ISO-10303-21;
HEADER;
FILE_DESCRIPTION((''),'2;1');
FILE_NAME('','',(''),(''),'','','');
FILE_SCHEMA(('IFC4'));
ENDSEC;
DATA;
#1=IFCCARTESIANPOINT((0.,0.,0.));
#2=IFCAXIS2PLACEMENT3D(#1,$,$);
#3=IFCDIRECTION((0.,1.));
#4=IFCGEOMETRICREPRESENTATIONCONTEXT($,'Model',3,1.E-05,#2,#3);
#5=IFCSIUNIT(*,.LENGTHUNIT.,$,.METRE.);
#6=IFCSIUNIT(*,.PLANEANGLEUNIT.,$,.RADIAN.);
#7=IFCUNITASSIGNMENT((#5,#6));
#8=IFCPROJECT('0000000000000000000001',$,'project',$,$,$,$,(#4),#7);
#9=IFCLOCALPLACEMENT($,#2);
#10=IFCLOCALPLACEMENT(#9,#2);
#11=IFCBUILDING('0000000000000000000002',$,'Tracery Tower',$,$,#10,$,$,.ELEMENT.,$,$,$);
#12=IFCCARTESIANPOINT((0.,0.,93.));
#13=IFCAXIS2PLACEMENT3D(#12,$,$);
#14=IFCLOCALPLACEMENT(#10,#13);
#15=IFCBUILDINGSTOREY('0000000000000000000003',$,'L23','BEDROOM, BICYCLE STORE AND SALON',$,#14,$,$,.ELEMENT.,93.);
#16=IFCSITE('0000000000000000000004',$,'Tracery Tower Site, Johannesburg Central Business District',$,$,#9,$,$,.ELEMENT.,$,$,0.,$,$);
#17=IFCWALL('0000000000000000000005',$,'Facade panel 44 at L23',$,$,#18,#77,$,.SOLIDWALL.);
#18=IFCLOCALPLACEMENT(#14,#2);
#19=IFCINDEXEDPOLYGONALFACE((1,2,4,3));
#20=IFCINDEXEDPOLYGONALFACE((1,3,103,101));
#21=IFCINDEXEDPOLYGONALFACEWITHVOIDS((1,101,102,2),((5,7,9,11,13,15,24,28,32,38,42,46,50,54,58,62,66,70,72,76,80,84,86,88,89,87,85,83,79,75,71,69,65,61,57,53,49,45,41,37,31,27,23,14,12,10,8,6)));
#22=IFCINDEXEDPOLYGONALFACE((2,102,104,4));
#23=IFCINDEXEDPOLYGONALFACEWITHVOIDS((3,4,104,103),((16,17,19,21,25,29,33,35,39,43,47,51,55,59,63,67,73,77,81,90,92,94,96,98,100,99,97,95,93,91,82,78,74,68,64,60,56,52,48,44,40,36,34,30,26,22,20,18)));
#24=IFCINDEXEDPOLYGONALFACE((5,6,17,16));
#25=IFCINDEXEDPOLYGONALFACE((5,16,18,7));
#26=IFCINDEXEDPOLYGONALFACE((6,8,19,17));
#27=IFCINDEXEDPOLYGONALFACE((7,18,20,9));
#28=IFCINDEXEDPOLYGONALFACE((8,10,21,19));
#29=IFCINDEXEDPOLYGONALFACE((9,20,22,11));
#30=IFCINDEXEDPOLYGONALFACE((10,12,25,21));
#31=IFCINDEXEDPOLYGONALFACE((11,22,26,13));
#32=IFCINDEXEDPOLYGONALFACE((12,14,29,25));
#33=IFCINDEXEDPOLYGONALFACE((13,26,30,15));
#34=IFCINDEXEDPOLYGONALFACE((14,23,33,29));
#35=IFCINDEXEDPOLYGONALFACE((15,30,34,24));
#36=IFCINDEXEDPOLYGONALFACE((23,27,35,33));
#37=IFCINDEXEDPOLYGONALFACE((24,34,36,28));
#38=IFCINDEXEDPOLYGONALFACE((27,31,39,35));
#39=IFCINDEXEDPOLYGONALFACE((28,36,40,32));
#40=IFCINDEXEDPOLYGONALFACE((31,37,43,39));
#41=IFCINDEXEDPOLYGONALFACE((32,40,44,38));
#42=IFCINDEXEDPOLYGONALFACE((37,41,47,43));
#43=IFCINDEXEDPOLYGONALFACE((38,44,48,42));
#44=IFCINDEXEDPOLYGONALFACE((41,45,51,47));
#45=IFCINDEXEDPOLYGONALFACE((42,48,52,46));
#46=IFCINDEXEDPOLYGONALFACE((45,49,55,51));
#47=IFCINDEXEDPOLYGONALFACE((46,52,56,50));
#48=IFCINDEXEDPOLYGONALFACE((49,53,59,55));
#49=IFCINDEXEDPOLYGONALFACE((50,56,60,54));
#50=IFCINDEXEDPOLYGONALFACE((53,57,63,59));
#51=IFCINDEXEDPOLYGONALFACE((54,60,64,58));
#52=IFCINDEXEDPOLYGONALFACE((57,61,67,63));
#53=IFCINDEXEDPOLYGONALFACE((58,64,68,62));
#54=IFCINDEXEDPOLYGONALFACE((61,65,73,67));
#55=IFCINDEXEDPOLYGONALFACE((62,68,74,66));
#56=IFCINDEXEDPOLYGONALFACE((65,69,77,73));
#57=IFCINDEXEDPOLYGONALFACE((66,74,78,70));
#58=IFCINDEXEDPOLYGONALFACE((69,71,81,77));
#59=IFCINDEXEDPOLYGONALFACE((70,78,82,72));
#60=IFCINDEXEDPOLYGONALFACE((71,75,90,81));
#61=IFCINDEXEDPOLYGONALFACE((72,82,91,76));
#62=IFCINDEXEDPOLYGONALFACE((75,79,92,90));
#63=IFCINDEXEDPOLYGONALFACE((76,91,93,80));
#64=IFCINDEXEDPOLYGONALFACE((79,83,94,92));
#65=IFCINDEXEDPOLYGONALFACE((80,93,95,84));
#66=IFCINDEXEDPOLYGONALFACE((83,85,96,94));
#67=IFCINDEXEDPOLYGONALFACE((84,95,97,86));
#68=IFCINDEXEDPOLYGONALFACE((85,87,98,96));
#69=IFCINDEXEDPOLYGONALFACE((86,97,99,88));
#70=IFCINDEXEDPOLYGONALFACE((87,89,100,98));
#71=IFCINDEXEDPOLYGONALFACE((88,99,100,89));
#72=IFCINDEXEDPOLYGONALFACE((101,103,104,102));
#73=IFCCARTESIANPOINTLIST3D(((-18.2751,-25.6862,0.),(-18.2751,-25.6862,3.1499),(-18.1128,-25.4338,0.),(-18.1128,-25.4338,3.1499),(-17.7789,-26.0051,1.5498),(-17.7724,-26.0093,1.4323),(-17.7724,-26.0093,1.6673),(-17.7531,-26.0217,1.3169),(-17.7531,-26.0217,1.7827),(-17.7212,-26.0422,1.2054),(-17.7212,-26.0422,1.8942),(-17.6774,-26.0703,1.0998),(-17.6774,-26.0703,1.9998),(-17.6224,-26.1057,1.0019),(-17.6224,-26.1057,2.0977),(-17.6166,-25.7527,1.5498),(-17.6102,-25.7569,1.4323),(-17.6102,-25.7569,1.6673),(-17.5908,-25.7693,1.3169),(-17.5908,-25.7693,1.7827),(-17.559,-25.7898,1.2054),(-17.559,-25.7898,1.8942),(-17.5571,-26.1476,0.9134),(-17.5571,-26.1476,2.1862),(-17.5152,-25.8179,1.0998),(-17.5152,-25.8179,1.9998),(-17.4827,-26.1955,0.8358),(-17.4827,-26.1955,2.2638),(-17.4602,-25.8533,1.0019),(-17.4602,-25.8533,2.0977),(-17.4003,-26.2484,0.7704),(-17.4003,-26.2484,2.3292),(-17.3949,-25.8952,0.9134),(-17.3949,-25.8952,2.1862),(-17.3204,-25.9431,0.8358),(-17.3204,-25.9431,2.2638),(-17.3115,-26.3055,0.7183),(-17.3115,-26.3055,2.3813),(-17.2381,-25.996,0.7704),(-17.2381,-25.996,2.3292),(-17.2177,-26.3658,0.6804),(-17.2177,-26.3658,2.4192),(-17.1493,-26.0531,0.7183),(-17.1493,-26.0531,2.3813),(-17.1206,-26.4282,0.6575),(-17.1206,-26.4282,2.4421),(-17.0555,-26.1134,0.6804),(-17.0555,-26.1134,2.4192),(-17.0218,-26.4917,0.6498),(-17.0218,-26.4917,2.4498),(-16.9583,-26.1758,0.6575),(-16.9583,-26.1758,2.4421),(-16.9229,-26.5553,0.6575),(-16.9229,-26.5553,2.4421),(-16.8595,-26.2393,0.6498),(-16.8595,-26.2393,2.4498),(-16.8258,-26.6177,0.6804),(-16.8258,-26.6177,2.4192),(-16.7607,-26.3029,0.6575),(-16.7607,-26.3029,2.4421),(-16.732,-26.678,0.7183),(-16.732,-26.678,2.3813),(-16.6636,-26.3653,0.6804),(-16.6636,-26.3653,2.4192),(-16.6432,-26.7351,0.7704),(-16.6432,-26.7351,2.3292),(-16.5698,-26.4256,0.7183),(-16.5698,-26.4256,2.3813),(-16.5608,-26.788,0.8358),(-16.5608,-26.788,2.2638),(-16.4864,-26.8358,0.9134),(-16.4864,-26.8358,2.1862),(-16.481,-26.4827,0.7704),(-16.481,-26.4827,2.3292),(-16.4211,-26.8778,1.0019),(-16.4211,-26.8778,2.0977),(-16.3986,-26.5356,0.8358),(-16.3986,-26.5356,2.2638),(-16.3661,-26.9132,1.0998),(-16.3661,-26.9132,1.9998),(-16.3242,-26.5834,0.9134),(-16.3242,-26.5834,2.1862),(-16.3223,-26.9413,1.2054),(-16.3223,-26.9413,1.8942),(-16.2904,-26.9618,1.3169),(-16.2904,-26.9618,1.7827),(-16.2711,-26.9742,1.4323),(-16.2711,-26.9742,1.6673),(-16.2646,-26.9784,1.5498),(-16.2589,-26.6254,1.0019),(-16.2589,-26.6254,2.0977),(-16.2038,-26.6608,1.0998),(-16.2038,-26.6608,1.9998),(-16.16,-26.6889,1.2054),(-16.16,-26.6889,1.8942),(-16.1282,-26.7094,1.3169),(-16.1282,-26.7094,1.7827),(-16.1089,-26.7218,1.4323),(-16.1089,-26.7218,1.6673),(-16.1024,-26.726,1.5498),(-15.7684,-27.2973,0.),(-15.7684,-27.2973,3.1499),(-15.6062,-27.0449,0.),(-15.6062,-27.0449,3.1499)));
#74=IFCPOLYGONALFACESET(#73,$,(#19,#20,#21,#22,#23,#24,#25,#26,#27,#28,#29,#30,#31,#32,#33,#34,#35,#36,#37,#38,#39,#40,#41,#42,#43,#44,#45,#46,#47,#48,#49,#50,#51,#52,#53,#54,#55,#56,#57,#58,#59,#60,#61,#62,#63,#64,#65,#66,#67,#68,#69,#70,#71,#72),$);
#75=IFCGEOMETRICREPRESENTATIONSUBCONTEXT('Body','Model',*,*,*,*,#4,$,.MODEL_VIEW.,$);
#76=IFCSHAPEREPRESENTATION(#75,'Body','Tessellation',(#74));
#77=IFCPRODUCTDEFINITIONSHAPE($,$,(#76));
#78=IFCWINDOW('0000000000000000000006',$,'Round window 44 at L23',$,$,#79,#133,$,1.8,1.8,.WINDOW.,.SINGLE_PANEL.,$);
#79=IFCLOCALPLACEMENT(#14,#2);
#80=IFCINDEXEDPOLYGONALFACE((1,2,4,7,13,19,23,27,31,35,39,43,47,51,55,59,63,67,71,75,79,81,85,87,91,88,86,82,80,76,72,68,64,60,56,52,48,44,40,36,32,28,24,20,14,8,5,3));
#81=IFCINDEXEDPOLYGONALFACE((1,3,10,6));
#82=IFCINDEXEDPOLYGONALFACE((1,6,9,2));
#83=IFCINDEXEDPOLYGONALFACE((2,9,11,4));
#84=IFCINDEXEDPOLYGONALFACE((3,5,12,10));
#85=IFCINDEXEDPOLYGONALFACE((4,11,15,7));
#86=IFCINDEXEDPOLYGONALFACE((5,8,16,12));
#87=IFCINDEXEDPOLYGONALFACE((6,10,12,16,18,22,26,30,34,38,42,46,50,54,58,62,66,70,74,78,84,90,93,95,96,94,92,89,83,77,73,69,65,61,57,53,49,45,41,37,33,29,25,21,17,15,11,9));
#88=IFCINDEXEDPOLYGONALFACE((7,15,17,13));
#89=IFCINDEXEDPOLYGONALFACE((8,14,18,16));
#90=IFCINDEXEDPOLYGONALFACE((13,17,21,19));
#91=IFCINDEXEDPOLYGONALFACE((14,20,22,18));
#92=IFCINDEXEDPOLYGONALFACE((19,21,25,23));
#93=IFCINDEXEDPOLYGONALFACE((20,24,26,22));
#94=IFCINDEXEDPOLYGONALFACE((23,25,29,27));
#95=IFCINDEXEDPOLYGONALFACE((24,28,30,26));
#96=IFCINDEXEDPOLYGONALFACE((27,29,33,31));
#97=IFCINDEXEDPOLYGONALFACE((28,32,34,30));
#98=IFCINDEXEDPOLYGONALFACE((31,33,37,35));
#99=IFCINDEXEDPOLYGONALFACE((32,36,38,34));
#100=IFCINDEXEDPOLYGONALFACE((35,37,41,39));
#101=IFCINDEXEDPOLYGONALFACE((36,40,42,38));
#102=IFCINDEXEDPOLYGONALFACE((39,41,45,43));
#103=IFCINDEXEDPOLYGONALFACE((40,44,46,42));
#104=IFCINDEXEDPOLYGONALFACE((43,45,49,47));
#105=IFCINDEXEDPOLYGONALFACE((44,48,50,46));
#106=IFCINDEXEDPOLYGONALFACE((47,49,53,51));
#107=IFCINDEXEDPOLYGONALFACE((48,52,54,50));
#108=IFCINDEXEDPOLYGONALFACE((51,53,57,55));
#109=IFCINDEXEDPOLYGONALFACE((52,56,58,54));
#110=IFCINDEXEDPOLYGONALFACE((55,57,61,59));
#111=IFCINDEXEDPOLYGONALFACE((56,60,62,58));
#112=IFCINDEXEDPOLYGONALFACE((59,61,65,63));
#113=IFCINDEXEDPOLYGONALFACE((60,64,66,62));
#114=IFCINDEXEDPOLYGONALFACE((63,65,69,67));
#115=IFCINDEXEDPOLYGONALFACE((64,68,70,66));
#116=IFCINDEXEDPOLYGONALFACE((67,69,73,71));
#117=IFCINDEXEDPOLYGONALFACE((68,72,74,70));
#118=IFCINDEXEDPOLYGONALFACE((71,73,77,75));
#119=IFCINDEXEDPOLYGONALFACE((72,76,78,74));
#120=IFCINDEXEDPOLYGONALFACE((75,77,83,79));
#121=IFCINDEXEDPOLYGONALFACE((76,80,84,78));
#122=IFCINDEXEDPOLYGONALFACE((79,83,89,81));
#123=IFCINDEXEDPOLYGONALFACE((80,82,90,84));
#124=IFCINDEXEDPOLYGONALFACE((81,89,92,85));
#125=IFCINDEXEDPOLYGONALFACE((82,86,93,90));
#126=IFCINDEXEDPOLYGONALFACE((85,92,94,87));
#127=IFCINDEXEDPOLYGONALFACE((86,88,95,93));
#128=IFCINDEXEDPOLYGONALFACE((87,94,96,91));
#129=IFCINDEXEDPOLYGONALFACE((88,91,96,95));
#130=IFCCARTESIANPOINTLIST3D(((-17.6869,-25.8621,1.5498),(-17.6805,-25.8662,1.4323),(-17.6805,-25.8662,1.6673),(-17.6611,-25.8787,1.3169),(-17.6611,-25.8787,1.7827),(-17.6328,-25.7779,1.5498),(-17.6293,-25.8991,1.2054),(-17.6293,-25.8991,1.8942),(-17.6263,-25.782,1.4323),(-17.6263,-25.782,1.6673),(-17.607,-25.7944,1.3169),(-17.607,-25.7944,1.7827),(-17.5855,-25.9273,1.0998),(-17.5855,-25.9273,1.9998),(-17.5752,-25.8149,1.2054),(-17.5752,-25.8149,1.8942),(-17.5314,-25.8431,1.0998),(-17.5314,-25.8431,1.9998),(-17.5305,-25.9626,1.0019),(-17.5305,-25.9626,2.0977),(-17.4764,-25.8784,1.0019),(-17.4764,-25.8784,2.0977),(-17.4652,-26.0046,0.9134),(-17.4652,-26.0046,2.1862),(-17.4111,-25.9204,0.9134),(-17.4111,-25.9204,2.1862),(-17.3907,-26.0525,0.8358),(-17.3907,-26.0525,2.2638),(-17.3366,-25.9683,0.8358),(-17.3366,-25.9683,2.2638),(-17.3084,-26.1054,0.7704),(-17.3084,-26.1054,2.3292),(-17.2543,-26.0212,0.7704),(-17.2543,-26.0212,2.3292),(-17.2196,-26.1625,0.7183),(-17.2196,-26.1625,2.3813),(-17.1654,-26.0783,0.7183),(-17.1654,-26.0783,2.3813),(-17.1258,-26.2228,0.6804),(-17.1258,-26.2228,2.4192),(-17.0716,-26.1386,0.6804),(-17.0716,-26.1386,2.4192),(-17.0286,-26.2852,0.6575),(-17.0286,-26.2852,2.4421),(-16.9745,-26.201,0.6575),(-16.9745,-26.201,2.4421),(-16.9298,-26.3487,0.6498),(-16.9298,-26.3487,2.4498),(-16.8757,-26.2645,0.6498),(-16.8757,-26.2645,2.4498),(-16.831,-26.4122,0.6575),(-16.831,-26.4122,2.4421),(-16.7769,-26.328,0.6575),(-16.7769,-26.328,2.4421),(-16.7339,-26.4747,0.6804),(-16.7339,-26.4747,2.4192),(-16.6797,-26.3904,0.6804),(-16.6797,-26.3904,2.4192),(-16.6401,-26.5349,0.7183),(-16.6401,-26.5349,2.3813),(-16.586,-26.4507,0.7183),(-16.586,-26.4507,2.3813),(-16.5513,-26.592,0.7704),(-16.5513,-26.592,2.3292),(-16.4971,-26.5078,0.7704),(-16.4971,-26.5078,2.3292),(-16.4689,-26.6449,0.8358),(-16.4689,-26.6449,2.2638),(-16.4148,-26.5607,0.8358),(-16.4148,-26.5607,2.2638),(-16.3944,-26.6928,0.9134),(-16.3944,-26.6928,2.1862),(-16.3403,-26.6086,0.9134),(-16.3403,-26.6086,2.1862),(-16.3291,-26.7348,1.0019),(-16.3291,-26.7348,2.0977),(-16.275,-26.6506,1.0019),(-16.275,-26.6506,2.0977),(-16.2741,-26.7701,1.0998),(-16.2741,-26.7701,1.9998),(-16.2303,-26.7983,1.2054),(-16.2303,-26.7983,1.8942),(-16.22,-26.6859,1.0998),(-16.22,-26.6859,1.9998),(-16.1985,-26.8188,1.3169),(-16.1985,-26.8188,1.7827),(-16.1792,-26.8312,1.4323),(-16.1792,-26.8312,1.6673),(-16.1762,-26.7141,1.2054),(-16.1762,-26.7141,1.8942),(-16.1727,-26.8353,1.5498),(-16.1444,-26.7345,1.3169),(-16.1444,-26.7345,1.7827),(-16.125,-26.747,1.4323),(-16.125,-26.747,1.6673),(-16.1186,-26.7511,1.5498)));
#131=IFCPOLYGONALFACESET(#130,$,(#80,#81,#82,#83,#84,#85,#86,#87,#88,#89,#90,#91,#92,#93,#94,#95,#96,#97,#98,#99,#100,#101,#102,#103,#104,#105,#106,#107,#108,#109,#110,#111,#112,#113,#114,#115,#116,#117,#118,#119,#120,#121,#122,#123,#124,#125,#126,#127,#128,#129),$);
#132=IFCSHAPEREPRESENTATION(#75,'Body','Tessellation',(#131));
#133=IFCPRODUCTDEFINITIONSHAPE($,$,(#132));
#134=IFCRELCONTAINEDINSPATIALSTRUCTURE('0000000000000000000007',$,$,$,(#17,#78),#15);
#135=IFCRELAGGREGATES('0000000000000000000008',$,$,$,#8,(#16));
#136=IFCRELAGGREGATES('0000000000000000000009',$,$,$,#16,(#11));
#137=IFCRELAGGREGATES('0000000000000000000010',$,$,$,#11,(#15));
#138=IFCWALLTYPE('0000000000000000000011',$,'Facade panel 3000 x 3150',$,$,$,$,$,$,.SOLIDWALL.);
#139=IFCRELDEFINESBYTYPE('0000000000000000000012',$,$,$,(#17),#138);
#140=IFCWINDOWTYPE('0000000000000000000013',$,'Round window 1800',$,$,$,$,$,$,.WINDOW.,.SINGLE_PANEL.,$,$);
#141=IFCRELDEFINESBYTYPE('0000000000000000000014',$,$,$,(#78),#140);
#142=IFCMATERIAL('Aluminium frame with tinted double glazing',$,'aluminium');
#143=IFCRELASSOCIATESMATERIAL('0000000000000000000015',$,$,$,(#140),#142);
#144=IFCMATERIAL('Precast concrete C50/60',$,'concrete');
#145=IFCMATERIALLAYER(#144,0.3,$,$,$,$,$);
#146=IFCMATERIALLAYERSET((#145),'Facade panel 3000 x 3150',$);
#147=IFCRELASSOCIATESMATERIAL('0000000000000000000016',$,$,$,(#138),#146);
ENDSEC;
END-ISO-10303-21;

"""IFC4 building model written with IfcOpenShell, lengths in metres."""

from ifc_helpers import new_model, si_unit, direction, frame, frame_2d, origin, origin_2d, place, context, subcontext, project, spatial, rectangle, circle, extrude, material, layer, layer_set, type_object, element, fill, save


model = new_model("IFC4")

# Units and contexts
model_context = context("Model", 3, precision=1e-05, world=origin(), true_north=direction((0.0, 1.0)))
body_context = subcontext(model_context, "Body", "Model", "MODEL_VIEW")
ifc_project = project(units=[si_unit("LENGTHUNIT", "METRE"), si_unit("PLANEANGLEUNIT", "RADIAN")], contexts=[model_context])

# Site, building, storey
site_placement = place(None, origin())
site = spatial("IfcSite", under=ifc_project, at=site_placement, Name="Tracery Tower Site, Johannesburg Central Business District", CompositionType="ELEMENT", RefElevation=0.0)
building_placement = place(site_placement, origin())
building = spatial("IfcBuilding", under=site, at=building_placement, Name="Tracery Tower", CompositionType="ELEMENT")
storey_placement = place(building_placement, frame((0.0, 0.0, 93.0)))
storey = spatial("IfcBuildingStorey", under=building, at=storey_placement, Name="L23", Description="BEDROOM, BICYCLE STORE AND SALON", CompositionType="ELEMENT", Elevation=93.0)

# Wall, opening, window
ifc_material_1 = material(Name="Aluminium frame with tinted double glazing", Category="aluminium")
window_type = type_object("IfcWindowType", Name="Round window 1800", PartitioningType="SINGLE_PANEL", PredefinedType="WINDOW", material=ifc_material_1)
ifc_material_2 = material(Name="Precast concrete C50/60", Category="concrete")
ifc_layer_1 = layer(ifc_material_2, 0.3)
ifc_layer_set_1 = layer_set([ifc_layer_1], Name="Facade panel 3000 x 3150")
wall_type_1 = type_object("IfcWallType", Name="Facade panel 3000 x 3150", PredefinedType="SOLIDWALL", material=ifc_layer_set_1)
wall_1_placement = place(storey_placement, frame((-18.1938, -25.5601, 0.0), z_axis=(0.0, 0.0, 1.0), x_axis=(0.841224, -0.540687, 0.0)))
wall_1 = element("IfcWall", 1, at=wall_1_placement, inside=storey, type_object=wall_type_1, Name="Facade panel 44 at L23", PredefinedType="SOLIDWALL", context=body_context, shape_type="SweptSolid", body=[
    extrude(rectangle(XDim=2.9797, YDim=0.3, at=frame_2d((1.4897, 0.0))), origin(), (0.0, 0.0, 1.0), 3.1499),
])
opening_1_placement = place(wall_1_placement, frame((1.4897, 0.0, 1.5498)))
opening_1 = element("IfcOpeningElement", 2, at=opening_1_placement, cuts=wall_1, PredefinedType="OPENING", context=body_context, shape_type="SweptSolid", body=[
    extrude(circle(Radius=0.9, at=origin_2d()), frame((0.0, 0.1599, 0.0), z_axis=(0.0, -1.0, 0.0), x_axis=(1.0, 0.0, 0.0)), (0.0, 0.0, 1.0), 0.3201),
])
window_1_placement = place(opening_1_placement, origin())
window_1 = element("IfcWindow", 3, at=window_1_placement, inside=storey, type_object=window_type, Name="Round window 44 at L23", OverallHeight=1.8, OverallWidth=1.8, PartitioningType="SINGLE_PANEL", PredefinedType="WINDOW", context=body_context, shape_type="SweptSolid", body=[
    extrude(circle(Radius=0.9, at=origin_2d()), frame((0.0, 0.1201, 0.0), z_axis=(0.0, -1.0, 0.0), x_axis=(1.0, 0.0, 0.0)), (0.0, 0.0, 1.0), 0.1001),
])
fill(opening_1, window_1)

save(model, "model.ifc")
